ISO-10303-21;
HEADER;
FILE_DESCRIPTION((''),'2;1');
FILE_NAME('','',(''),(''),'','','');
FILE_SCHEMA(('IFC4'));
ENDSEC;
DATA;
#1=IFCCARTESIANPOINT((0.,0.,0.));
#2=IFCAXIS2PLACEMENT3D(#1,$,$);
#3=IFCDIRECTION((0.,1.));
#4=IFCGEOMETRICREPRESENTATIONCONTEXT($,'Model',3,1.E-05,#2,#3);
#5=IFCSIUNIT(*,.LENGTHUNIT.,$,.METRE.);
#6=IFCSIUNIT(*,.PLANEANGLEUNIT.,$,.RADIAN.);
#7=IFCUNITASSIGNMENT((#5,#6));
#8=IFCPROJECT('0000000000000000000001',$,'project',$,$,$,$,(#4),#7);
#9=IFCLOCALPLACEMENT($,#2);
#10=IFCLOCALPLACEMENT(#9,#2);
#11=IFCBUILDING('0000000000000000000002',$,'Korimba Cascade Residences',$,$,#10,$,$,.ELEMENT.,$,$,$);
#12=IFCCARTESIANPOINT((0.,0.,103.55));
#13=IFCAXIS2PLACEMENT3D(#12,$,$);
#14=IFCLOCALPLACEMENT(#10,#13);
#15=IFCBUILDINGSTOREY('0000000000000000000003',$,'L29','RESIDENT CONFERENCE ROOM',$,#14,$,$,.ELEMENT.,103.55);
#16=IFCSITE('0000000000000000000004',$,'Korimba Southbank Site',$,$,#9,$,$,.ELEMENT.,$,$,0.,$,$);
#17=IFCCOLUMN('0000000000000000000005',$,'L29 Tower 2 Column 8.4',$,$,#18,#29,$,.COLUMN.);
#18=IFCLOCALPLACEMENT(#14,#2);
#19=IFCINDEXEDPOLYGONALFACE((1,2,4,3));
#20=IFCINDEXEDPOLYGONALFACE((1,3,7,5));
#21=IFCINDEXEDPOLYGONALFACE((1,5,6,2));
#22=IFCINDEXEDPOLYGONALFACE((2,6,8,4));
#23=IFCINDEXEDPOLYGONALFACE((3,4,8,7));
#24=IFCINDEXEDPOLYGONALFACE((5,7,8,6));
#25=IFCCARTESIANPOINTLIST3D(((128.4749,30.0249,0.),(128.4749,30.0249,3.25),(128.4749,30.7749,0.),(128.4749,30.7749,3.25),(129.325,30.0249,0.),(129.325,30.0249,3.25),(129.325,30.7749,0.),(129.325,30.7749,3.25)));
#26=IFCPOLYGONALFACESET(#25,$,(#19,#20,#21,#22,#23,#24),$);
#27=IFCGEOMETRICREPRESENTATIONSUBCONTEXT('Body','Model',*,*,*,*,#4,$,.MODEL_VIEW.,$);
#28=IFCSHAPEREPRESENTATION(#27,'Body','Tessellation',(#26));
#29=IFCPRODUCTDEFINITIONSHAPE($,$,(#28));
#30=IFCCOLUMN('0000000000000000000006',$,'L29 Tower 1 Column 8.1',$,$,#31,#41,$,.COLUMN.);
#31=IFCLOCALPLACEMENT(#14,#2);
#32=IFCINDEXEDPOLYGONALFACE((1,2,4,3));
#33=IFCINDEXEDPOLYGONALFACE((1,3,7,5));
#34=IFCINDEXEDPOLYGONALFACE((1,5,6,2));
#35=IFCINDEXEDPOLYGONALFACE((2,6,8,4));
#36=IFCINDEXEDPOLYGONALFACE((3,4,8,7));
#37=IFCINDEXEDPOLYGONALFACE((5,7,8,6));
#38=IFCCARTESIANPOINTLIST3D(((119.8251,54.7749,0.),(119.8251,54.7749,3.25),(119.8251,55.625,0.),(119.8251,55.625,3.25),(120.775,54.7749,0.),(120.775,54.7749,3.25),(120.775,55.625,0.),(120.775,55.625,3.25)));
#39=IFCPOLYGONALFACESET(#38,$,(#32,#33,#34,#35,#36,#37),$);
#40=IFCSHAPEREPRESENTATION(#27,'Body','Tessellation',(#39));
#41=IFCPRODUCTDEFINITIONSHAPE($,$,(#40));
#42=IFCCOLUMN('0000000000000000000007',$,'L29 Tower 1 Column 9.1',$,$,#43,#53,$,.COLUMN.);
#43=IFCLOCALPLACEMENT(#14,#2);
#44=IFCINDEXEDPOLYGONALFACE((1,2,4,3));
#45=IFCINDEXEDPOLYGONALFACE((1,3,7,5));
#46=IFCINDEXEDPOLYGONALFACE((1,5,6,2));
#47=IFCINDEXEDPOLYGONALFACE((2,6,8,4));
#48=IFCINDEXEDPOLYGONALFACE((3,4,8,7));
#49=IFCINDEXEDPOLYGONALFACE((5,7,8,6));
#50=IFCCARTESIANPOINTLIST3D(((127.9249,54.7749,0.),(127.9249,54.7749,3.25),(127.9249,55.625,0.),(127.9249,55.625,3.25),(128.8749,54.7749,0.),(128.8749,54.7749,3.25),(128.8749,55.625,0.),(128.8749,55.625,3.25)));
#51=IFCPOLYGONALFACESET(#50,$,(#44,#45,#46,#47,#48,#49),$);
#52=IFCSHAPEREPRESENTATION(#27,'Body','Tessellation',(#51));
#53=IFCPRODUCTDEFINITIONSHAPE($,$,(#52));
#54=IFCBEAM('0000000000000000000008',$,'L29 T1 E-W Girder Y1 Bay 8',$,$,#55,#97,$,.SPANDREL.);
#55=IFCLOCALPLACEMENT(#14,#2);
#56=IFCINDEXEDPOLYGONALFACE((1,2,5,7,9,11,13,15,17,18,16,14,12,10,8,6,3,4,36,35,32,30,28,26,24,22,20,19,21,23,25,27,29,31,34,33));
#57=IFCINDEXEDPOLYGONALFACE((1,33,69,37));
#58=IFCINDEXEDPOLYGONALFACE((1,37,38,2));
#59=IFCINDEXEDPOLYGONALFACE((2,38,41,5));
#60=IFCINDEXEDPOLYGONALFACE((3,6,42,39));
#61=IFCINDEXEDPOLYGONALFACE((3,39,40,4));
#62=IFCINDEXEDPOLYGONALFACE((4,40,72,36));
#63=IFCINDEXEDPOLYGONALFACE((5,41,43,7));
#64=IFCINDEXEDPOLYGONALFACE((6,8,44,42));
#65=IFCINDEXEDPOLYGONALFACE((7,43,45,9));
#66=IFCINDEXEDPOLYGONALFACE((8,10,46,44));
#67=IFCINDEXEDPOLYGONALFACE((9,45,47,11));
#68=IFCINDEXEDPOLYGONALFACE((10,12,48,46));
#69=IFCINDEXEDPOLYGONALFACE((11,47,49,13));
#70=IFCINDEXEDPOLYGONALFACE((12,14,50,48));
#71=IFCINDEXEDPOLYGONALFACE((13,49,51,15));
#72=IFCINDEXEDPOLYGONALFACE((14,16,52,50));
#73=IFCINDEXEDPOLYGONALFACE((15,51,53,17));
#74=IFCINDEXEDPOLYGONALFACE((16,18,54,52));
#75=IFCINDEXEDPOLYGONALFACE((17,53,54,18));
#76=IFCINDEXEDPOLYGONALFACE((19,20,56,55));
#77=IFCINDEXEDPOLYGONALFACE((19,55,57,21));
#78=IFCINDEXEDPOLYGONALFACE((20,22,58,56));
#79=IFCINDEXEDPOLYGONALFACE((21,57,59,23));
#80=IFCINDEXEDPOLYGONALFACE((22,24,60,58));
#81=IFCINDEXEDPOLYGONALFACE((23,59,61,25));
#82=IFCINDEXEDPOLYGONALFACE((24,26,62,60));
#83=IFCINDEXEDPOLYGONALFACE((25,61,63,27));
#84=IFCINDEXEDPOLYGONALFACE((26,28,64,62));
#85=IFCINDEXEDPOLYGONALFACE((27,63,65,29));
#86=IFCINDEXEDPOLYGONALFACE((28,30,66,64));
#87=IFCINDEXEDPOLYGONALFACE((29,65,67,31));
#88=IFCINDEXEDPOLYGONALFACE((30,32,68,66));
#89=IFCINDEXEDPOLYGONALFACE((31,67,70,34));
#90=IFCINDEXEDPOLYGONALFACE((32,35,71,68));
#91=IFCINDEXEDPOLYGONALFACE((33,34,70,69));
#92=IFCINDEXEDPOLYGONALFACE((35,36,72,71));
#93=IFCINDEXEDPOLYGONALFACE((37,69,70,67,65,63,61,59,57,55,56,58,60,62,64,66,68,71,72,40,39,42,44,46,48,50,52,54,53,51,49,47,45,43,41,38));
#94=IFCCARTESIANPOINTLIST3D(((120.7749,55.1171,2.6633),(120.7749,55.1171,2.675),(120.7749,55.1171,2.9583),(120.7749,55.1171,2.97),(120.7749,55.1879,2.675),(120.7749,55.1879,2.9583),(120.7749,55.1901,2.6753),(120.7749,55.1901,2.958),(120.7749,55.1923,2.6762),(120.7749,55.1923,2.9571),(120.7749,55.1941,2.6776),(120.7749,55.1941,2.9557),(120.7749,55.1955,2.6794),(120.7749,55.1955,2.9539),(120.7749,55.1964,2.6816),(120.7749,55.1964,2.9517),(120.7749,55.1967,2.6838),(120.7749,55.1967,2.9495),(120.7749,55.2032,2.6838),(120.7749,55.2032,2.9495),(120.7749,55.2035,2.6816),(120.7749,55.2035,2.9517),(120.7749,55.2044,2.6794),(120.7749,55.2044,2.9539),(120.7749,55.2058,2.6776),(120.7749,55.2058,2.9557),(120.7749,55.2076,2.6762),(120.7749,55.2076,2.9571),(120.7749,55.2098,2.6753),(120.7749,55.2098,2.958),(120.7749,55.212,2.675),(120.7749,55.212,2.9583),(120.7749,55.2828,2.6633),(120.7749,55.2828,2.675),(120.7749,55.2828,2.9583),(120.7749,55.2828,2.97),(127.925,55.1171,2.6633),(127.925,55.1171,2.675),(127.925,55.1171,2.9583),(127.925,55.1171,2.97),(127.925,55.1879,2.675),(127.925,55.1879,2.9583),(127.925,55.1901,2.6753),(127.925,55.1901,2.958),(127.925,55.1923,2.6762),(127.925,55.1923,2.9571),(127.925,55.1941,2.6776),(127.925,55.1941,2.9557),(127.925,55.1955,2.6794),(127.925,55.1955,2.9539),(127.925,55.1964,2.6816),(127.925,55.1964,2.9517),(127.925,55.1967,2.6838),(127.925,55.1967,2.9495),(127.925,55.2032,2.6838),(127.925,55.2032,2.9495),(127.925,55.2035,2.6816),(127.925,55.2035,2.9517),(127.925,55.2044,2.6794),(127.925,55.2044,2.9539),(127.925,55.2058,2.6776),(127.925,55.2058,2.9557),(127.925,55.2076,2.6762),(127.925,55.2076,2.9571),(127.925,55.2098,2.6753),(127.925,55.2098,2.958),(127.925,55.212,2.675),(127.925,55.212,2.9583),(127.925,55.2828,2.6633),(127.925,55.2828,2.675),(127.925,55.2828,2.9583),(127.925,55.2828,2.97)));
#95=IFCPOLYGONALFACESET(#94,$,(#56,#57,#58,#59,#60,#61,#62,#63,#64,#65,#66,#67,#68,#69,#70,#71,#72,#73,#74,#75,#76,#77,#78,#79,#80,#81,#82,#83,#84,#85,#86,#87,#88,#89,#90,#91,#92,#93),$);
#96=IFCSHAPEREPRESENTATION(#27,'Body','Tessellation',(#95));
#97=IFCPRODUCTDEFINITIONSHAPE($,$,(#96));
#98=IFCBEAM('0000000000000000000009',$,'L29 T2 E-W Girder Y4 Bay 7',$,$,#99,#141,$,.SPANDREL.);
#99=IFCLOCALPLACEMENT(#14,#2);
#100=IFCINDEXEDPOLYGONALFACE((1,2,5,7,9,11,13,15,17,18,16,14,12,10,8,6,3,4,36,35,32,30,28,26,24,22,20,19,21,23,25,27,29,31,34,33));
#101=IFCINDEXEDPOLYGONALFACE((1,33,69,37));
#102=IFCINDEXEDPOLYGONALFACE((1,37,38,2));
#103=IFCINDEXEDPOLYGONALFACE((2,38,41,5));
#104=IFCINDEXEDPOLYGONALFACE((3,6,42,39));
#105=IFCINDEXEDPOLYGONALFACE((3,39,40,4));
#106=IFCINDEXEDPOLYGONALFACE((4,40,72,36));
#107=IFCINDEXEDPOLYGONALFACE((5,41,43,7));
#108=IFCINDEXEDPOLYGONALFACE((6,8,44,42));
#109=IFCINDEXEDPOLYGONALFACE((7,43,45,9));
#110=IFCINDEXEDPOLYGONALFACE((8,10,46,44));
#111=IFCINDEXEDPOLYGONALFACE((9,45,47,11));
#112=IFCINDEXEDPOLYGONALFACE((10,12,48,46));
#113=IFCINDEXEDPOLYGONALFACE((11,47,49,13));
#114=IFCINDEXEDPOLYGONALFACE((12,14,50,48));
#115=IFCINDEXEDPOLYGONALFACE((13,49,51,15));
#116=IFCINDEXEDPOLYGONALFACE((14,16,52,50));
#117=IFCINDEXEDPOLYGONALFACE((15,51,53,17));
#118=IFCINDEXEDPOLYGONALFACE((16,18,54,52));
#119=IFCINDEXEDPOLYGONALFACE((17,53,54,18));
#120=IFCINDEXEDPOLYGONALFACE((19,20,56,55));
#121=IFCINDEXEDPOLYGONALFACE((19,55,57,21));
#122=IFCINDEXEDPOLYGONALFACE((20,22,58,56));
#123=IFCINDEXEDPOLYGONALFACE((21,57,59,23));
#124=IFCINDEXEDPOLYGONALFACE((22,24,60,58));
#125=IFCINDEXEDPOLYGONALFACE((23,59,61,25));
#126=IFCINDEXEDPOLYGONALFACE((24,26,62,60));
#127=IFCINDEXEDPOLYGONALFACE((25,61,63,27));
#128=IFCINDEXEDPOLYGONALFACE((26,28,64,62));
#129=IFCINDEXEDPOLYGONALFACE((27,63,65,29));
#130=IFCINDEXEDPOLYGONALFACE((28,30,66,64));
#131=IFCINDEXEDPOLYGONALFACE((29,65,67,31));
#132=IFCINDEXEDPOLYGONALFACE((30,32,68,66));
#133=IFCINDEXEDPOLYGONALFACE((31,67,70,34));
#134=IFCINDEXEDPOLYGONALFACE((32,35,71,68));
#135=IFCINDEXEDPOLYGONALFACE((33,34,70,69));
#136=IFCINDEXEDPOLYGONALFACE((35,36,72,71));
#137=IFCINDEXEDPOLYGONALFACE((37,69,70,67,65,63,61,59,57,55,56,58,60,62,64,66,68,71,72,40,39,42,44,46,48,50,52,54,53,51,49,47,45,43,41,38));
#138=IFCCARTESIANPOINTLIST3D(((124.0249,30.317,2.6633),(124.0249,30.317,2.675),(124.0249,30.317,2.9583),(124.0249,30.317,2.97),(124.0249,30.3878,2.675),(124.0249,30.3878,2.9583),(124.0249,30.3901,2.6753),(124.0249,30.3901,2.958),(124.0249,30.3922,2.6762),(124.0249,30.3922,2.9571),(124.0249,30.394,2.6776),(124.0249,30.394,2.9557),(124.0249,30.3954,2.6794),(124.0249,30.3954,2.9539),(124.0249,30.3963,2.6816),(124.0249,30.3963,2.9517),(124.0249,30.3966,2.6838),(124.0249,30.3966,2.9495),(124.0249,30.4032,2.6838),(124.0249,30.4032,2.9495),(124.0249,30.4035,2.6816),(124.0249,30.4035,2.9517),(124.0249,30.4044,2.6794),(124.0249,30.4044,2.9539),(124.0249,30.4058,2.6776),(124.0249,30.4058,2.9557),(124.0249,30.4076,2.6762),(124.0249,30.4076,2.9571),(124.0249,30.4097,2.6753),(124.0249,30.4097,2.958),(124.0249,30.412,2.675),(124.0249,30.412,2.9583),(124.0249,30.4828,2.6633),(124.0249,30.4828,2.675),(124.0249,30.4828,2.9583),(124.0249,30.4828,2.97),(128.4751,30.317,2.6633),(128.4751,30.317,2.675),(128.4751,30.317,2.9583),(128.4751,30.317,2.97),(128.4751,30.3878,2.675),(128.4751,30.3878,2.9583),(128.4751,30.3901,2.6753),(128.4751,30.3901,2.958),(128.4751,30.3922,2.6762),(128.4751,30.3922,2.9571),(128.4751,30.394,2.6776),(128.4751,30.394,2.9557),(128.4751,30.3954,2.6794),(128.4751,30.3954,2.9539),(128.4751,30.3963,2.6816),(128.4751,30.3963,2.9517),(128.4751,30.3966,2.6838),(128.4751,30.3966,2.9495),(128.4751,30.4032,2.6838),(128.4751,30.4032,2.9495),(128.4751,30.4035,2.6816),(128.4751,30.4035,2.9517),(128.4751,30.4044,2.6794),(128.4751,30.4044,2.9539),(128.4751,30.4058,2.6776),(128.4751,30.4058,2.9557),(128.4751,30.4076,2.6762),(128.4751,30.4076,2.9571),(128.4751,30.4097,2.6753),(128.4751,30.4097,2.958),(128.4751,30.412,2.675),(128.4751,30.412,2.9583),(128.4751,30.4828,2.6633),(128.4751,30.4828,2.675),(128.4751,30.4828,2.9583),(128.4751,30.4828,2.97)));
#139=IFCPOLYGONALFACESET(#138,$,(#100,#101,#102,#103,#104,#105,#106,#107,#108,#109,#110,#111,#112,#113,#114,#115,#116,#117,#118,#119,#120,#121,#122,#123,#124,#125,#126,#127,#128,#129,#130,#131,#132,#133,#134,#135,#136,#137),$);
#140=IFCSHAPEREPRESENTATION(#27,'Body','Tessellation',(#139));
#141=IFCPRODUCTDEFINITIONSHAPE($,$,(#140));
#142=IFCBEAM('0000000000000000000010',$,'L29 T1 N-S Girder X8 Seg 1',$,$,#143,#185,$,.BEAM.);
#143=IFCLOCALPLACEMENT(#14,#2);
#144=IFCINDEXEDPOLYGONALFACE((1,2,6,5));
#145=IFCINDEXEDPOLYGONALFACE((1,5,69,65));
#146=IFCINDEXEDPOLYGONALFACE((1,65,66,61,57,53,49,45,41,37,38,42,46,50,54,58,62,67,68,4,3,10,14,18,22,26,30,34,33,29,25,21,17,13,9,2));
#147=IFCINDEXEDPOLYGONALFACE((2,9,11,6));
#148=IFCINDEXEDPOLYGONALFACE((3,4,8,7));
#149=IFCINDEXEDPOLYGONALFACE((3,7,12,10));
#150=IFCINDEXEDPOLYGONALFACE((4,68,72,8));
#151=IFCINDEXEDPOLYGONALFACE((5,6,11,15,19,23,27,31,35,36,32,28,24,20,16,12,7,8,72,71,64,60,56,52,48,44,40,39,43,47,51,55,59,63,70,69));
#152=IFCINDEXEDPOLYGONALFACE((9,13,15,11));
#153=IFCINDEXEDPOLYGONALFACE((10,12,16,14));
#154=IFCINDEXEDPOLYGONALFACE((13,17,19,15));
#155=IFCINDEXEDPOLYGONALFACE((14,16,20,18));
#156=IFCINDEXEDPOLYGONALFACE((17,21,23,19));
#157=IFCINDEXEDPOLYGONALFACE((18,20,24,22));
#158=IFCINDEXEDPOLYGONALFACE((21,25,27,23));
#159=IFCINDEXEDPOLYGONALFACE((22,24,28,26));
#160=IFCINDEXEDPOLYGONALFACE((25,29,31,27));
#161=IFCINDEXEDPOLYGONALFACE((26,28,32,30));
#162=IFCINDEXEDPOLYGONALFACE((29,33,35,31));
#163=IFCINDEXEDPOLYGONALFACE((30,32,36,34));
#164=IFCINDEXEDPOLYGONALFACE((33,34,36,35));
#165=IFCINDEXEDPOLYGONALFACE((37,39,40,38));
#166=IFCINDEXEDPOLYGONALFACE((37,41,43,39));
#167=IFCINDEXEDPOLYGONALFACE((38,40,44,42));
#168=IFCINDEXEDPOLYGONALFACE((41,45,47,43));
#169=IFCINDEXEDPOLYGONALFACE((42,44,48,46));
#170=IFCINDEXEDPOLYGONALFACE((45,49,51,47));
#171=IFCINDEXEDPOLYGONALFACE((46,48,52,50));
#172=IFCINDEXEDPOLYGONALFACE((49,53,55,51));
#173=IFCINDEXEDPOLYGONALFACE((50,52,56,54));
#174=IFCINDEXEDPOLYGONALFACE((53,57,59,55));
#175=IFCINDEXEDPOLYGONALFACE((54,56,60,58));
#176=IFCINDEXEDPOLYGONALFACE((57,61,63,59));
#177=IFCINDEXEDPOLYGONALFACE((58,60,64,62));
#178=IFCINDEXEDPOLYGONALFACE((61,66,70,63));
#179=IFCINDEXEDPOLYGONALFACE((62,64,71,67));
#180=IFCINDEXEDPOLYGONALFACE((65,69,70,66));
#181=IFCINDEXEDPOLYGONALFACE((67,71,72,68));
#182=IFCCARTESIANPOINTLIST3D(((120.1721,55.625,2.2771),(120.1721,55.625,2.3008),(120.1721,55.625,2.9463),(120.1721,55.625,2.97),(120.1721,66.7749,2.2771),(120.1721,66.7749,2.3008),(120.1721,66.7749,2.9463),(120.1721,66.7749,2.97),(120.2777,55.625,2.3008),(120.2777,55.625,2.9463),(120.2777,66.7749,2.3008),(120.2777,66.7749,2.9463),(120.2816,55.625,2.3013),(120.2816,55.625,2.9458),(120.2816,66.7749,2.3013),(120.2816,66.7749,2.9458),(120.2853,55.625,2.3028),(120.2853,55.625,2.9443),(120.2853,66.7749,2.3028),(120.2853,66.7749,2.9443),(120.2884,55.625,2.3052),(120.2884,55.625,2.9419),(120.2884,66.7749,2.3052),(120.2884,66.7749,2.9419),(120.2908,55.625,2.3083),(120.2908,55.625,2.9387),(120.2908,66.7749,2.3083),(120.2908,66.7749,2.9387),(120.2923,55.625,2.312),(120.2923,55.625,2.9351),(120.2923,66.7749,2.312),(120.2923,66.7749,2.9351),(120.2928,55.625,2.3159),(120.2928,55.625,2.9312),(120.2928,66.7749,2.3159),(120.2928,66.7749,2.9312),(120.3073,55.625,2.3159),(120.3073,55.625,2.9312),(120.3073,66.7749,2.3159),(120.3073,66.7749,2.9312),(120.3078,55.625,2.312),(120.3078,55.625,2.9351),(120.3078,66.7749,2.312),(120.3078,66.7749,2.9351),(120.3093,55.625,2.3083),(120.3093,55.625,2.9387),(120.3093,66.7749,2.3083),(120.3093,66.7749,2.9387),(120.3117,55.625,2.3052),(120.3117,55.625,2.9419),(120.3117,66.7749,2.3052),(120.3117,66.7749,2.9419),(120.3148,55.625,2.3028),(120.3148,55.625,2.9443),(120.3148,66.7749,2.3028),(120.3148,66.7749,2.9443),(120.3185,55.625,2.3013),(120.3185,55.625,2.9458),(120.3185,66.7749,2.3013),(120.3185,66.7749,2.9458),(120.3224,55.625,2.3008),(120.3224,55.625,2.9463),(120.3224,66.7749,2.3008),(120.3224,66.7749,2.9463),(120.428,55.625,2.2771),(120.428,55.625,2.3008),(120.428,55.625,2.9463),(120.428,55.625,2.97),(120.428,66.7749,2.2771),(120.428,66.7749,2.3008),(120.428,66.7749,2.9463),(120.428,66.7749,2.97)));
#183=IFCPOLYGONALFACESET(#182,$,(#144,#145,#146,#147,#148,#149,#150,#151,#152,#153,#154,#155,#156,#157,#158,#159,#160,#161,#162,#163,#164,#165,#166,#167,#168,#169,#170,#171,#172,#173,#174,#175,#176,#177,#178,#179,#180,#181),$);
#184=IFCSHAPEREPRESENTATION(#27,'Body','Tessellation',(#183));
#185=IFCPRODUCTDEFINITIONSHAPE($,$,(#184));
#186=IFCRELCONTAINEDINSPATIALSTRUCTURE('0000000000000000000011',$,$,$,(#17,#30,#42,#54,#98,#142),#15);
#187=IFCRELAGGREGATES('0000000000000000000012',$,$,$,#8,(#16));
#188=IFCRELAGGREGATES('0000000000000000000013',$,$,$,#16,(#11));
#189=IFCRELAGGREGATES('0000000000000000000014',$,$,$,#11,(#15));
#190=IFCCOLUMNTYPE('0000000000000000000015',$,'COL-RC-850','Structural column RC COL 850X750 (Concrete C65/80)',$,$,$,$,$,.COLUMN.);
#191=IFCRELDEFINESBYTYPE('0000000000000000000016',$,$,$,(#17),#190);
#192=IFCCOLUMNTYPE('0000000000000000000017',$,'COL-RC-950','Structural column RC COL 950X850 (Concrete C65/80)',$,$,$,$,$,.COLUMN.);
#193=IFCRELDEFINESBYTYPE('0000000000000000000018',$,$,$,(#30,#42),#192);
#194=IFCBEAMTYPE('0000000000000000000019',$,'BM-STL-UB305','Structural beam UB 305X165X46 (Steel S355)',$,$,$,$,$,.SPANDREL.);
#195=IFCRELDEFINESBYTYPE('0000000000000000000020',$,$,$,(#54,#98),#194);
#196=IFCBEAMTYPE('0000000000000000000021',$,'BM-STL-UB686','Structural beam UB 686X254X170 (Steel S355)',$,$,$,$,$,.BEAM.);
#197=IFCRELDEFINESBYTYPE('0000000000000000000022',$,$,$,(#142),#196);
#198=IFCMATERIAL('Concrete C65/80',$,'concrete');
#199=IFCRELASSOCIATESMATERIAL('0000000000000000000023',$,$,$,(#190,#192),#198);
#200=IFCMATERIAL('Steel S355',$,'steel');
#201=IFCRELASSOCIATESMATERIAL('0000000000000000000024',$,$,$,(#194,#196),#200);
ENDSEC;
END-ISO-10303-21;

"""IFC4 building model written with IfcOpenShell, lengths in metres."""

from ifc_helpers import new_model, si_unit, direction, frame, origin, origin_2d, place, context, subcontext, project, spatial, rectangle, i_section, extrude, material, material_profile, profile_set, type_object, element, save


model = new_model("IFC4")

# Units and contexts
model_context = context("Model", 3, precision=1e-05, world=origin(), true_north=direction((0.0, 1.0)))
body_context = subcontext(model_context, "Body", "Model", "MODEL_VIEW")
ifc_project = project(units=[si_unit("LENGTHUNIT", "METRE"), si_unit("PLANEANGLEUNIT", "RADIAN")], contexts=[model_context])

# Site, building, storey
site_placement = place(None, origin())
site = spatial("IfcSite", under=ifc_project, at=site_placement, Name="Korimba Southbank Site", CompositionType="ELEMENT", RefElevation=0.0)
building_placement = place(site_placement, origin())
building = spatial("IfcBuilding", under=site, at=building_placement, Name="Korimba Cascade Residences", CompositionType="ELEMENT")
storey_placement = place(building_placement, frame((0.0, 0.0, 103.55)))
storey = spatial("IfcBuildingStorey", under=building, at=storey_placement, Name="L29", Description="RESIDENT CONFERENCE ROOM", CompositionType="ELEMENT", Elevation=103.55)

# Columns
ifc_material_1 = material(Name="Concrete C65/80", Category="concrete")
ifc_material_profile_1 = material_profile(ifc_material_1, rectangle(XDim=0.8501, YDim=0.75, at=origin_2d()), Name="Concrete C65/80")
ifc_profile_set_1 = profile_set([ifc_material_profile_1], Name="Concrete C65/80")
column_type_1 = type_object("IfcColumnType", Name="COL-RC-850", Description="Structural column RC COL 850X750 (Concrete C65/80)", PredefinedType="COLUMN", material=ifc_profile_set_1)
column_placement = place(storey_placement, frame((128.8999, 30.3999, 0.0), z_axis=(0.0, 0.0, 1.0), x_axis=(1.0, 0.0, 0.0)))
element("IfcColumn", 1, at=column_placement, inside=storey, type_object=column_type_1, Name="L29 Tower 2 Column 8.4", PredefinedType="COLUMN", context=body_context, shape_type="SweptSolid", body=[
    extrude(rectangle(XDim=0.8501, YDim=0.75, at=origin_2d()), origin(), (0.0, 0.0, 1.0), 3.25),
])
ifc_material_profile_2 = material_profile(ifc_material_1, rectangle(XDim=0.95, YDim=0.8501, at=origin_2d()), Name="Concrete C65/80")
ifc_profile_set_2 = profile_set([ifc_material_profile_2], Name="Concrete C65/80")
column_type_2 = type_object("IfcColumnType", Name="COL-RC-950", Description="Structural column RC COL 950X850 (Concrete C65/80)", PredefinedType="COLUMN", material=ifc_profile_set_2)
for number, where, z_axis, x_axis, name in (
    (2, (120.3, 55.2, 0.0), (0.0, 0.0, 1.0), (1.0, 0.0, 0.0), "L29 Tower 1 Column 8.1"),
    (3, (128.3999, 55.2, 0.0), (0.0, 0.0, 1.0), (1.0, 0.0, 0.0), "L29 Tower 1 Column 9.1"),
):
    element("IfcColumn", number, at=place(storey_placement, frame(where, z_axis=z_axis, x_axis=x_axis)), inside=storey, type_object=column_type_2, Name=name, PredefinedType="COLUMN", context=body_context, shape_type="SweptSolid", body=[
        extrude(rectangle(XDim=0.95, YDim=0.8501, at=origin_2d()), origin(), (0.0, 0.0, 1.0), 3.25),
    ])

# Beams
ifc_material_2 = material(Name="Steel S355", Category="steel")
ifc_material_profile_3 = material_profile(ifc_material_2, i_section(OverallWidth=0.1658, OverallDepth=0.3066, WebThickness=0.0066, FlangeThickness=0.0117, FilletRadius=0.0088, at=origin_2d()), Name="Steel S355")
ifc_profile_set_3 = profile_set([ifc_material_profile_3], Name="Steel S355")
beam_type_1 = type_object("IfcBeamType", Name="BM-STL-UB305", Description="Structural beam UB 305X165X46 (Steel S355)", PredefinedType="SPANDREL", material=ifc_profile_set_3)
beam_1_placement = place(storey_placement, frame((120.7749, 55.2, 2.8167), z_axis=(1.0, 0.0, 0.0), x_axis=(0.0, 1.0, 0.0)))
element("IfcBeam", 4, at=beam_1_placement, inside=storey, type_object=beam_type_1, Name="L29 T1 E-W Girder Y1 Bay 8", PredefinedType="SPANDREL", context=body_context, shape_type="SweptSolid", body=[
    extrude(i_section(OverallWidth=0.1658, OverallDepth=0.3066, WebThickness=0.0066, FlangeThickness=0.0117, FilletRadius=0.0088, at=origin_2d()), origin(), (0.0, 0.0, 1.0), 7.1501),
])
beam_2_placement = place(storey_placement, frame((124.0249, 30.3999, 2.8167), z_axis=(1.0, 0.0, 0.0), x_axis=(0.0, 1.0, 0.0)))
element("IfcBeam", 5, at=beam_2_placement, inside=storey, type_object=beam_type_1, Name="L29 T2 E-W Girder Y4 Bay 7", PredefinedType="SPANDREL", context=body_context, shape_type="SweptSolid", body=[
    extrude(i_section(OverallWidth=0.1658, OverallDepth=0.3066, WebThickness=0.0066, FlangeThickness=0.0117, FilletRadius=0.0088, at=origin_2d()), origin(), (0.0, 0.0, 1.0), 4.4502),
])
ifc_material_profile_4 = material_profile(ifc_material_2, i_section(OverallWidth=0.2559, OverallDepth=0.6929, WebThickness=0.0144, FlangeThickness=0.0237, FilletRadius=0.0151, at=origin_2d()), Name="Steel S355")
ifc_profile_set_4 = profile_set([ifc_material_profile_4], Name="Steel S355")
beam_type_2 = type_object("IfcBeamType", Name="BM-STL-UB686", Description="Structural beam UB 686X254X170 (Steel S355)", PredefinedType="BEAM", material=ifc_profile_set_4)
for number, where, z_axis, x_axis, name in (
    (6, (120.3, 55.625, 2.6235), (0.0, 1.0, 0.0), (-1.0, 0.0, 0.0), "L29 T1 N-S Girder X8 Seg 1"),
):
    element("IfcBeam", number, at=place(storey_placement, frame(where, z_axis=z_axis, x_axis=x_axis)), inside=storey, type_object=beam_type_2, Name=name, PredefinedType="BEAM", context=body_context, shape_type="SweptSolid", body=[
        extrude(i_section(OverallWidth=0.2559, OverallDepth=0.6929, WebThickness=0.0144, FlangeThickness=0.0237, FilletRadius=0.0151, at=origin_2d()), origin(), (0.0, 0.0, 1.0), 11.1499),
    ])

save(model, "model.ifc")
